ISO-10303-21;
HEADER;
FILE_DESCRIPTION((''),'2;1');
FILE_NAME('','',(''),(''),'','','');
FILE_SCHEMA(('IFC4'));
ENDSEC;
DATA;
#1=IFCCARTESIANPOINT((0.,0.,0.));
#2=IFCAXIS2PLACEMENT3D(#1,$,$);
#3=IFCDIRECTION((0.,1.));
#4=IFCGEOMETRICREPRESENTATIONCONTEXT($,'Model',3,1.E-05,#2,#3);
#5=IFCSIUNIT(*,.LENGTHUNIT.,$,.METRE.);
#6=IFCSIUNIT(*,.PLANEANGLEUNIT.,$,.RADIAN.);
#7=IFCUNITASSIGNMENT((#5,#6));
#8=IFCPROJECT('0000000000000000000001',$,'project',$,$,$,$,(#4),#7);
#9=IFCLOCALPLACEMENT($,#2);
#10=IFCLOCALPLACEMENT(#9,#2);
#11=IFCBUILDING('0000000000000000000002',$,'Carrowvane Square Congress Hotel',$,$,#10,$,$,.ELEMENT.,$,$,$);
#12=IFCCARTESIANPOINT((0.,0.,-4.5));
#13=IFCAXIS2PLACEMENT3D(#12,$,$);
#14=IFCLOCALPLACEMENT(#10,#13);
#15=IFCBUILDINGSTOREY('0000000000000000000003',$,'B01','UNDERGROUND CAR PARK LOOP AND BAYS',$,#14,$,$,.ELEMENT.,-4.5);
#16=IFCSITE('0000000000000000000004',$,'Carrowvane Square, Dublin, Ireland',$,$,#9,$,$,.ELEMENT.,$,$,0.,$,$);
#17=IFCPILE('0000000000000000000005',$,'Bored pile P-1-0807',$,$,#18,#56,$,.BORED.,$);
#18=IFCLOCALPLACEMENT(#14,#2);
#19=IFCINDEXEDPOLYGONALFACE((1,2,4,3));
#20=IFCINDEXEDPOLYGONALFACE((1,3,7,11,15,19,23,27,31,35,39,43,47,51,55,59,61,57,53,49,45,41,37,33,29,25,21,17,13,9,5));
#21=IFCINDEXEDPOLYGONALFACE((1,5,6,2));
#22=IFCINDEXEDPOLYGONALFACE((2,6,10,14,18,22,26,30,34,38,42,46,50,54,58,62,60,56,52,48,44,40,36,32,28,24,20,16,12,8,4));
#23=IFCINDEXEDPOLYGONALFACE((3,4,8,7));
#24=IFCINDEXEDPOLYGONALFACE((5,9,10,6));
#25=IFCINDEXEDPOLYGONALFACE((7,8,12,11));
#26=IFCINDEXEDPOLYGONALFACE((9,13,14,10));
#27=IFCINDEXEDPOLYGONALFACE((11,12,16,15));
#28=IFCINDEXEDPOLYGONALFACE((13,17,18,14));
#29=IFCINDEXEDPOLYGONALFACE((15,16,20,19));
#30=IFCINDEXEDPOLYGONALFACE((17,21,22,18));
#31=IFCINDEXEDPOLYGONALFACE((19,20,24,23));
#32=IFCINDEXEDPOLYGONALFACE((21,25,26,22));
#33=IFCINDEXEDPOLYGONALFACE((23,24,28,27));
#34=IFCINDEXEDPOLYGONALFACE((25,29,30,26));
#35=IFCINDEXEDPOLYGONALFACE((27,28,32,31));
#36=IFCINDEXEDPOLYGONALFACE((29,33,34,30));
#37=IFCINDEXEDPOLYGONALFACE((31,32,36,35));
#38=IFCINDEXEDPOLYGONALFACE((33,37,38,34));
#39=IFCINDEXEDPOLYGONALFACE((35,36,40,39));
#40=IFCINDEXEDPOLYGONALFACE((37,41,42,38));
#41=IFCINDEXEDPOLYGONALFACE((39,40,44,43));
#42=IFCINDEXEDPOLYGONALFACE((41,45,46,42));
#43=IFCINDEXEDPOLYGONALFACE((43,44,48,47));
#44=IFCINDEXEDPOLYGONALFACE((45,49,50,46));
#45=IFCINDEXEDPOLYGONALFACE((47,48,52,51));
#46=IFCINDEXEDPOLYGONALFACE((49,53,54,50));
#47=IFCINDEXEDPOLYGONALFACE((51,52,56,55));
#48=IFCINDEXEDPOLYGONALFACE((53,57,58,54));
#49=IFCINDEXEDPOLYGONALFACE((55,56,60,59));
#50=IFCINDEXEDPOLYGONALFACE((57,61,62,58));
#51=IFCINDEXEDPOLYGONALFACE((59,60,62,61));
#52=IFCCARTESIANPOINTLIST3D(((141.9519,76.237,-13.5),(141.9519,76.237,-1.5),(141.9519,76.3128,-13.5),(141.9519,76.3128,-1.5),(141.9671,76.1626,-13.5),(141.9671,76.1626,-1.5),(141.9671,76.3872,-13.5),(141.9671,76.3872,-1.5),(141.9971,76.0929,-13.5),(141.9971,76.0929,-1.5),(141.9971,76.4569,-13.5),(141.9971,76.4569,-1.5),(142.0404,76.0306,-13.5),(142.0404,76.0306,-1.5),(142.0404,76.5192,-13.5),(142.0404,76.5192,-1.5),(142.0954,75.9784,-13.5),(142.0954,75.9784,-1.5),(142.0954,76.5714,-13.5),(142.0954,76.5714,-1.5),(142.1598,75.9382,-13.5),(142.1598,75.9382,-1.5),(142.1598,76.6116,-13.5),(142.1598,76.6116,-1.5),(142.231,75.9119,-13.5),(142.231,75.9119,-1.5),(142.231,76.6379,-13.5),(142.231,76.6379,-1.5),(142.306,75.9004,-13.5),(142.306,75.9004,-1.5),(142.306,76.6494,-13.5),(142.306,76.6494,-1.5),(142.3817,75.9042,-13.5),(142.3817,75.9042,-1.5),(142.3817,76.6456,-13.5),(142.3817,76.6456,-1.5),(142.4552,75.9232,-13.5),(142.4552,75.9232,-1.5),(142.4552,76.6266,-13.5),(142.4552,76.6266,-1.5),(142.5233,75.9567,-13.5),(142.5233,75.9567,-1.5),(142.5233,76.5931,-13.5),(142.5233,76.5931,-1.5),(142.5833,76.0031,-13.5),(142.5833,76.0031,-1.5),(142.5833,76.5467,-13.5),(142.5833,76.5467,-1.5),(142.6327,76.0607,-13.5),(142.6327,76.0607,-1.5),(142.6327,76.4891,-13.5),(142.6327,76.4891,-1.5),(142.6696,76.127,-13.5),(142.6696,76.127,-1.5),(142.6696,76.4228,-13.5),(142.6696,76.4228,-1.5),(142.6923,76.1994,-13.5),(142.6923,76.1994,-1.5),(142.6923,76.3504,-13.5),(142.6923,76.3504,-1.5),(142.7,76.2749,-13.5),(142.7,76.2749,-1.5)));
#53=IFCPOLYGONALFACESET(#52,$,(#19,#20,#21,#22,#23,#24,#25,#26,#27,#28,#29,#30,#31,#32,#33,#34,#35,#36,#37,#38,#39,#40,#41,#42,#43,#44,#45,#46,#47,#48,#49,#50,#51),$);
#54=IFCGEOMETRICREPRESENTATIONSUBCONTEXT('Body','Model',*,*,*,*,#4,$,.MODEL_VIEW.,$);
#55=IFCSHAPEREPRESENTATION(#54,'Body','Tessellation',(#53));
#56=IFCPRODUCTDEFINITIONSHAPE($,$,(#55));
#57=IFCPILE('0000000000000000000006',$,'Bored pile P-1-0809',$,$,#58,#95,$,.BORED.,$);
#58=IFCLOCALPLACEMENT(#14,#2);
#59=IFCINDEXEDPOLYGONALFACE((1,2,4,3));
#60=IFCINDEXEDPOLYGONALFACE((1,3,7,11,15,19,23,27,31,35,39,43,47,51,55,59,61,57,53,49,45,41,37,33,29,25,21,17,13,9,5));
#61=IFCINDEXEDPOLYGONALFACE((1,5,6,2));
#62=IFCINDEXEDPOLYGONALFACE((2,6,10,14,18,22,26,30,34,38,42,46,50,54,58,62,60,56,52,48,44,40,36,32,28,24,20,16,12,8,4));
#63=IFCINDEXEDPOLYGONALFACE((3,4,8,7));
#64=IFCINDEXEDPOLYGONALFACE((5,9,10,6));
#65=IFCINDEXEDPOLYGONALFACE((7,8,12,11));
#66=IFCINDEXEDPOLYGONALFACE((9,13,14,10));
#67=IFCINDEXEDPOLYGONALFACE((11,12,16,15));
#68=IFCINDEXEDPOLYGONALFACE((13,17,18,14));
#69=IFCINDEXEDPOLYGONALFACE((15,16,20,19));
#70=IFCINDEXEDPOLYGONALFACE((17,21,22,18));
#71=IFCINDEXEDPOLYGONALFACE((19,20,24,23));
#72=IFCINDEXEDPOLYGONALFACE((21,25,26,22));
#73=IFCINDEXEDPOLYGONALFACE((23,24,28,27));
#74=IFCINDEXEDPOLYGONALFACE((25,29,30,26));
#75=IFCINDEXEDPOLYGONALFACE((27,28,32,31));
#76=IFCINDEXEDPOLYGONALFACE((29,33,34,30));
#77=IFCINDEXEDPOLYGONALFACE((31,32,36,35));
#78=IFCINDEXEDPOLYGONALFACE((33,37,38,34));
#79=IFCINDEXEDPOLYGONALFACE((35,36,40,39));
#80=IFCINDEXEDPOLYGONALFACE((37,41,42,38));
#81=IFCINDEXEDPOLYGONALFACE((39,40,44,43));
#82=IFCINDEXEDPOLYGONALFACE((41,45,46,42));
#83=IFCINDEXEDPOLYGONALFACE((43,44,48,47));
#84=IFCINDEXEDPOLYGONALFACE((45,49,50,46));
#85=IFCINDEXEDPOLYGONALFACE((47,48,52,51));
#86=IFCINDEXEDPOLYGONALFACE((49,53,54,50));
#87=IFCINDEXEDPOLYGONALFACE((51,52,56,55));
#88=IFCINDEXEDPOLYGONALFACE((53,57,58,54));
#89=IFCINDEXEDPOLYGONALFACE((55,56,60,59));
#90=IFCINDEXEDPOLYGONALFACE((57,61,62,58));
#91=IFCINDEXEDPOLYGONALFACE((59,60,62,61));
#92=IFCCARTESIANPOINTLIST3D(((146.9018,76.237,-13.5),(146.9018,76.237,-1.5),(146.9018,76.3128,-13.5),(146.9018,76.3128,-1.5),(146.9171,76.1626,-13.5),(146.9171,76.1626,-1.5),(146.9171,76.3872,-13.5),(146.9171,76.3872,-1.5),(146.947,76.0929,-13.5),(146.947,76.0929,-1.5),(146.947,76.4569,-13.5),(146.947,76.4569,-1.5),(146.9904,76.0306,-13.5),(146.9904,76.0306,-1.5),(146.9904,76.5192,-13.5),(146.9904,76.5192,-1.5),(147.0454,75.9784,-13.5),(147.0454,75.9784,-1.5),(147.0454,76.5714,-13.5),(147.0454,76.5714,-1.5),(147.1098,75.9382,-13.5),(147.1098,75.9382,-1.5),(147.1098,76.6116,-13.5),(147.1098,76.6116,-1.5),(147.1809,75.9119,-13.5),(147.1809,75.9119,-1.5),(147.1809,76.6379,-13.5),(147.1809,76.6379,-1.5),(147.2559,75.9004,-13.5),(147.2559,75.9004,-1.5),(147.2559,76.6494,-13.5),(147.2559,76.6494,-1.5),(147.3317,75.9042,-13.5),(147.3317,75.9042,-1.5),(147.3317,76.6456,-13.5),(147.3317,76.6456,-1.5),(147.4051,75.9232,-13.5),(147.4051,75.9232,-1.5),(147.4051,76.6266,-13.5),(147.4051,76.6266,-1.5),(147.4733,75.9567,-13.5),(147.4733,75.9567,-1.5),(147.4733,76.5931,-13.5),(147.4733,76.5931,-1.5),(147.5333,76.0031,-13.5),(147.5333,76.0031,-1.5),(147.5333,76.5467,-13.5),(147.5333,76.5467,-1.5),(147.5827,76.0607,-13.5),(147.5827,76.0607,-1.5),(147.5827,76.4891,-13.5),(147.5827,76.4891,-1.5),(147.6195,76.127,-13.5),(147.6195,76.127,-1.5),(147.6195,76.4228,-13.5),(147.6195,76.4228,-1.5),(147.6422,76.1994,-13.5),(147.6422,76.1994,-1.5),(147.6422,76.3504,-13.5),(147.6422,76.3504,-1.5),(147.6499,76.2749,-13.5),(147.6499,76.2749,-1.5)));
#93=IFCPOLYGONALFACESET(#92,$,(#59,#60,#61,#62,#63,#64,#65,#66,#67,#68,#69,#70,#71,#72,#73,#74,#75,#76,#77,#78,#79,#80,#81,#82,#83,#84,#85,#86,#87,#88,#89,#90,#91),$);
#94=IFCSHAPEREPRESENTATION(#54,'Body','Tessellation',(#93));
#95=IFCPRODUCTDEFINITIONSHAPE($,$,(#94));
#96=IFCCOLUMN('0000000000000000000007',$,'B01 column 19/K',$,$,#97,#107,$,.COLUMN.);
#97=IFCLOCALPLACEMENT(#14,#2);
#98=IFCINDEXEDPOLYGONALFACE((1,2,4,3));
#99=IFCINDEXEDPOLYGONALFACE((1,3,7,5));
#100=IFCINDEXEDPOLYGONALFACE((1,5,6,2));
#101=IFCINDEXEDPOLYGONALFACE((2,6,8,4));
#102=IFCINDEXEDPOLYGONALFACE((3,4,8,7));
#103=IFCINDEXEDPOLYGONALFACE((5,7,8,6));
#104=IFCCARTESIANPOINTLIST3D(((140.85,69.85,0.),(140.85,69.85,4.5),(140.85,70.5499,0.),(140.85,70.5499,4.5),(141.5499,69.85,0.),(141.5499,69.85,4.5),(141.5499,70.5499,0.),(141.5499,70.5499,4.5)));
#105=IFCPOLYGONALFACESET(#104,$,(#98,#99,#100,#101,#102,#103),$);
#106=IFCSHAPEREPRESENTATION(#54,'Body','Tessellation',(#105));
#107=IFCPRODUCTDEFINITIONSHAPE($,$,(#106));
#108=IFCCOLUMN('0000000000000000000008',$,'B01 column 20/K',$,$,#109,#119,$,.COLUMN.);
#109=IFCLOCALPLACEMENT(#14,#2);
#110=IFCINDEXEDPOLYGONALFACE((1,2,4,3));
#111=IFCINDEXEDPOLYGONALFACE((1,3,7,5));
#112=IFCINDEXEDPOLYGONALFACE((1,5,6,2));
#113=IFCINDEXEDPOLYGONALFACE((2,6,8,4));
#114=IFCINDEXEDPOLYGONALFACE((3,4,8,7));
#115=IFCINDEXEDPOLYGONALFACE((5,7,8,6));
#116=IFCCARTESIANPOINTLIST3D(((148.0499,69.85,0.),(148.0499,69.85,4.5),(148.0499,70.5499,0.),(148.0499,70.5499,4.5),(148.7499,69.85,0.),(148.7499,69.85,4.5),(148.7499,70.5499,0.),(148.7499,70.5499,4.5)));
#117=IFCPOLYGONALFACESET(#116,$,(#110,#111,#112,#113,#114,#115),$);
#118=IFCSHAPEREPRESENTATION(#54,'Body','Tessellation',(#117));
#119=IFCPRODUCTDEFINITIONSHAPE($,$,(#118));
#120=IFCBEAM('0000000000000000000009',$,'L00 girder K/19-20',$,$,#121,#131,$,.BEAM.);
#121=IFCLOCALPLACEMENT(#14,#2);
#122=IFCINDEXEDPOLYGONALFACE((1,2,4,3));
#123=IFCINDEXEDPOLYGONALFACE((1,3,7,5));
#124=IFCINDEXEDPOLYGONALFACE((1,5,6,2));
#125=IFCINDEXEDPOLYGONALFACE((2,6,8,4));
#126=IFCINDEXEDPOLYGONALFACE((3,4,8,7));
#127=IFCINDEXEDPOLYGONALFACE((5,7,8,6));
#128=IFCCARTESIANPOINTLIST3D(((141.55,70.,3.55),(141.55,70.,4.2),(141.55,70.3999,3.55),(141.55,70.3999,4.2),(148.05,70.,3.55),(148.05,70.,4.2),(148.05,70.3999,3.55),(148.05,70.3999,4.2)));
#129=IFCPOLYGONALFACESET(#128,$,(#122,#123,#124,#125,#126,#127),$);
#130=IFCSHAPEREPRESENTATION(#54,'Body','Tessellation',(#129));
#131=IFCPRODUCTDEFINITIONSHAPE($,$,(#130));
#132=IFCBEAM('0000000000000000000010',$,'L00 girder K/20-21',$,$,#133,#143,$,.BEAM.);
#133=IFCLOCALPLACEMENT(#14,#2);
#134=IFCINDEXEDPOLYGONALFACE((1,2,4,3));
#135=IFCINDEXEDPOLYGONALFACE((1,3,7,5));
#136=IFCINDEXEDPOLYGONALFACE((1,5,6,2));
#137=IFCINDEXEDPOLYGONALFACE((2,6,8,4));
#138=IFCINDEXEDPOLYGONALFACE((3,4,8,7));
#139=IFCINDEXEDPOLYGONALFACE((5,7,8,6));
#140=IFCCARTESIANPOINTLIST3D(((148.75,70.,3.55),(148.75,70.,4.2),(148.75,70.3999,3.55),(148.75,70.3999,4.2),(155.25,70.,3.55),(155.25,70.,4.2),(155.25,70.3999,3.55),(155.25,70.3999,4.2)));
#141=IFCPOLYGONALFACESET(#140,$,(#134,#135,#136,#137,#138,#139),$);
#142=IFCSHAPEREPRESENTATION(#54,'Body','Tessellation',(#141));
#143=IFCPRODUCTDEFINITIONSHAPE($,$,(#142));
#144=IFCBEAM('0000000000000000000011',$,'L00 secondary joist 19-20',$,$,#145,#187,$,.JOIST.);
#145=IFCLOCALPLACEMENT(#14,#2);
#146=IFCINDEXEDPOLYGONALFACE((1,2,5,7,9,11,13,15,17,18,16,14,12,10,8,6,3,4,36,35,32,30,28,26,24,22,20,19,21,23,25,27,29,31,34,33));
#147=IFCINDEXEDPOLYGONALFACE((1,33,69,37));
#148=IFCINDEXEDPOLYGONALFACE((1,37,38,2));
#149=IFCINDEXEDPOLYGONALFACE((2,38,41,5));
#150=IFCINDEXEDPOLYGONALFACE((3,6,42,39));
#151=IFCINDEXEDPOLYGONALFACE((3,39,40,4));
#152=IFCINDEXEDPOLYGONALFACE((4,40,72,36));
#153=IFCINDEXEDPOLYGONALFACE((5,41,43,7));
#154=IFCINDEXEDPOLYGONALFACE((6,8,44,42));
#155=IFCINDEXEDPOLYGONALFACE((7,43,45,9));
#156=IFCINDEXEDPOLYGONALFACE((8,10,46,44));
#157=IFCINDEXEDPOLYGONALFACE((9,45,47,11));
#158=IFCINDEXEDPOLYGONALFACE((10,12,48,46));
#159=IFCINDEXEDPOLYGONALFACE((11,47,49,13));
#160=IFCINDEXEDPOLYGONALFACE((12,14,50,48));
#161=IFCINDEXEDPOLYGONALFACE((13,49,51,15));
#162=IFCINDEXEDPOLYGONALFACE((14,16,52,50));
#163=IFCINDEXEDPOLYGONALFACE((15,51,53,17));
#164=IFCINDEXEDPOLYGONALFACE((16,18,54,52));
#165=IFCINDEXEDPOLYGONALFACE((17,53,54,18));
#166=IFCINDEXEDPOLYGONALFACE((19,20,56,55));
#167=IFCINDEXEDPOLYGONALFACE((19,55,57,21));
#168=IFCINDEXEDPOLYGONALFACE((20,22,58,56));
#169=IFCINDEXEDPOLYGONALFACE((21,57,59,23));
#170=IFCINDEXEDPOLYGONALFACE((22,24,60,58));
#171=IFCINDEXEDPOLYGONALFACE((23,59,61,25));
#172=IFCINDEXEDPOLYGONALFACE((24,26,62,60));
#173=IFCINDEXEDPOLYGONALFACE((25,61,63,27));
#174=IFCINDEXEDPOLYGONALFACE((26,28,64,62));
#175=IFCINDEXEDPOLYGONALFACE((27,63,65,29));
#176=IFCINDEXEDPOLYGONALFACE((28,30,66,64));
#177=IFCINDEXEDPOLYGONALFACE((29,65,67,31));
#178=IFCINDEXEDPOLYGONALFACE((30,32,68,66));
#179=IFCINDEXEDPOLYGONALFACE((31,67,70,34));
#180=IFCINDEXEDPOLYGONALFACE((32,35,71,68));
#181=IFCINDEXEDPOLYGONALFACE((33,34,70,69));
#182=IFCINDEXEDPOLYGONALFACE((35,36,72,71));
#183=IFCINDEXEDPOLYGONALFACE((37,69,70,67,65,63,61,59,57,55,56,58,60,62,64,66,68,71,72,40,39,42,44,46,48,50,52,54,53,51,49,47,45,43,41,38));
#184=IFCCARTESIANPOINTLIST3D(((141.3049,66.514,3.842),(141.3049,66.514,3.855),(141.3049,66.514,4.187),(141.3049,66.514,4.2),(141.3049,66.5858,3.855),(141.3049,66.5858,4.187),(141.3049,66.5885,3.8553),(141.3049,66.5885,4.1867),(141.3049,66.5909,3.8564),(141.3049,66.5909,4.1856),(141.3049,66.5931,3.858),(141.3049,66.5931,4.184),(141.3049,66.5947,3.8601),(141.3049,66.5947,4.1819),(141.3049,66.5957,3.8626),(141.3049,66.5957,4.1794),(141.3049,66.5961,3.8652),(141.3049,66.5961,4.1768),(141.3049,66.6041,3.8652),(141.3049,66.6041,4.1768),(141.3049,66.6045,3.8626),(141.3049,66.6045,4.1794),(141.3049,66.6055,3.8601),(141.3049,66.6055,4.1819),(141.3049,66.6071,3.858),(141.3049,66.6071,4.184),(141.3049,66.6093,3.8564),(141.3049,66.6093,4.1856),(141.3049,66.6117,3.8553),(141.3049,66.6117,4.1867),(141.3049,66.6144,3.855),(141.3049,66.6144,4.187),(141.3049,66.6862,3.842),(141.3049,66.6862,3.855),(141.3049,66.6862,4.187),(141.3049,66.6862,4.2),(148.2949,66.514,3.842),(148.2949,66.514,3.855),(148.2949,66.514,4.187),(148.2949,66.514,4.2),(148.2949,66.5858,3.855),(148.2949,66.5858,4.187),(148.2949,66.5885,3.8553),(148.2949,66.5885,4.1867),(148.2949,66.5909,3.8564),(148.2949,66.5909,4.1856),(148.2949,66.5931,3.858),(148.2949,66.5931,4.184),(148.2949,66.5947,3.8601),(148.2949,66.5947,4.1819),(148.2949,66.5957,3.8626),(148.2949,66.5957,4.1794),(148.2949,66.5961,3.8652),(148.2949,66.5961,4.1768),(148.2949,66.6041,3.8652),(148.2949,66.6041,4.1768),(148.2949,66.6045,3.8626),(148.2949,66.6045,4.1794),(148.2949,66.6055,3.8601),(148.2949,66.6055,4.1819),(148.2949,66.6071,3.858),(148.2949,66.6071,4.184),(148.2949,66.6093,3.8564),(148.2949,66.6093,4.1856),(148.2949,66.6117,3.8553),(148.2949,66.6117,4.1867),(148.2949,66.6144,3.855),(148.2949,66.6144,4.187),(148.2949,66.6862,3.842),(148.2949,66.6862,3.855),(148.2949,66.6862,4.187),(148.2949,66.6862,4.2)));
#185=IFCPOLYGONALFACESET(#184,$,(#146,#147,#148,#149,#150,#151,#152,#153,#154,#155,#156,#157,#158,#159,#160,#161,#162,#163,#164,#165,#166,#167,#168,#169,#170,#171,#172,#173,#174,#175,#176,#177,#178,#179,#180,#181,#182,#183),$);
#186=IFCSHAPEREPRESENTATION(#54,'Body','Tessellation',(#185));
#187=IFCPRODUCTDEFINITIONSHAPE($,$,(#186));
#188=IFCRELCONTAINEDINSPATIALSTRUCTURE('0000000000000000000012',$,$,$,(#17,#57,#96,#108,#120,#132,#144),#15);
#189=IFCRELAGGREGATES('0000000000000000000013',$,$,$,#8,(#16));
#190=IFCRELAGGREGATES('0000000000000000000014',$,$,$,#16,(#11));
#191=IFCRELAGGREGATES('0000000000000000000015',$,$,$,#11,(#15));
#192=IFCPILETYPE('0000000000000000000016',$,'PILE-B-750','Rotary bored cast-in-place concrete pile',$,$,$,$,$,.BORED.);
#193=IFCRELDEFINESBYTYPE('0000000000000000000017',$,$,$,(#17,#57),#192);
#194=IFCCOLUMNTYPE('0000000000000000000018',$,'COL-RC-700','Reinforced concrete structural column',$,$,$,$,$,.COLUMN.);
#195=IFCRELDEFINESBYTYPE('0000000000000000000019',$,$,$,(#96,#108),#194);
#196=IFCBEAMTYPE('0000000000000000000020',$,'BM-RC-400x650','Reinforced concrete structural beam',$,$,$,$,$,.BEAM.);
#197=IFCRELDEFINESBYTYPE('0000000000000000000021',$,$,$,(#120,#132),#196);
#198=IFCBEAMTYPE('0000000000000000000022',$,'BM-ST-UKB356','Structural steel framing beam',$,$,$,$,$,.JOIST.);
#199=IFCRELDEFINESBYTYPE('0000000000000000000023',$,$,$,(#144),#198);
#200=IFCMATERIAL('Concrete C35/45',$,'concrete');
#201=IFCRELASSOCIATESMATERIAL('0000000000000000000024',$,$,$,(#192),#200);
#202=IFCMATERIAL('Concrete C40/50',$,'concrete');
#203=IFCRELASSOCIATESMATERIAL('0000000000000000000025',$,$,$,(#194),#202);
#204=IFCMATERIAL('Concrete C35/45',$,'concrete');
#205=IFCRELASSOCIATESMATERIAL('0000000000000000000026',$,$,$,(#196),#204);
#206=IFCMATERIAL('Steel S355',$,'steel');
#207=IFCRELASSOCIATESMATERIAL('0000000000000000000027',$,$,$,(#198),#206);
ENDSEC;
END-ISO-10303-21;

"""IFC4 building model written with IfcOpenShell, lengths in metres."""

from ifc_helpers import new_model, si_unit, direction, frame, origin, origin_2d, place, context, subcontext, project, spatial, rectangle, circle, i_section, extrude, material, material_profile, profile_set, type_object, element, save


model = new_model("IFC4")

# Units and contexts
model_context = context("Model", 3, precision=1e-05, world=origin(), true_north=direction((0.0, 1.0)))
body_context = subcontext(model_context, "Body", "Model", "MODEL_VIEW")
ifc_project = project(units=[si_unit("LENGTHUNIT", "METRE"), si_unit("PLANEANGLEUNIT", "RADIAN")], contexts=[model_context])

# Site, building, storey
site_placement = place(None, origin())
site = spatial("IfcSite", under=ifc_project, at=site_placement, Name="Carrowvane Square, Dublin, Ireland", CompositionType="ELEMENT", RefElevation=0.0)
building_placement = place(site_placement, origin())
building = spatial("IfcBuilding", under=site, at=building_placement, Name="Carrowvane Square Congress Hotel", CompositionType="ELEMENT")
storey_placement = place(building_placement, frame((0.0, 0.0, -4.5)))
storey = spatial("IfcBuildingStorey", under=building, at=storey_placement, Name="B01", Description="UNDERGROUND CAR PARK LOOP AND BAYS", CompositionType="ELEMENT", Elevation=-4.5)

# Piles
ifc_material_1 = material(Name="Concrete C35/45", Category="concrete")
ifc_material_profile_1 = material_profile(ifc_material_1, circle(Radius=0.375, at=origin_2d()), Name="PILE D750")
ifc_profile_set_1 = profile_set([ifc_material_profile_1], Name="Concrete C35/45")
pile_type = type_object("IfcPileType", Name="PILE-B-750", Description="Rotary bored cast-in-place concrete pile", PredefinedType="BORED", material=ifc_profile_set_1)
for number, where, z_axis, x_axis, name in (
    (1, (142.325, 76.2749, -1.5), (0.0, 0.0, -1.0), (1.0, 0.0, 0.0), "Bored pile P-1-0807"),
    (2, (147.2749, 76.2749, -1.5), (0.0, 0.0, -1.0), (1.0, 0.0, 0.0), "Bored pile P-1-0809"),
):
    element("IfcPile", number, at=place(storey_placement, frame(where, z_axis=z_axis, x_axis=x_axis)), inside=storey, type_object=pile_type, Name=name, PredefinedType="BORED", context=body_context, shape_type="SweptSolid", body=[
        extrude(circle(Radius=0.375, at=origin_2d()), origin(), (0.0, 0.0, 1.0), 12.0),
    ])

# Columns
ifc_material_2 = material(Name="Concrete C40/50", Category="concrete")
ifc_material_profile_2 = material_profile(ifc_material_2, rectangle(XDim=0.7, YDim=0.7, at=origin_2d()), Name="RC 700x700")
ifc_profile_set_2 = profile_set([ifc_material_profile_2], Name="Concrete C40/50")
column_type = type_object("IfcColumnType", Name="COL-RC-700", Description="Reinforced concrete structural column", PredefinedType="COLUMN", material=ifc_profile_set_2)
for number, where, z_axis, x_axis, name in (
    (3, (141.2, 70.2, 0.0), (0.0, 0.0, 1.0), (1.0, 0.0, 0.0), "B01 column 19/K"),
    (4, (148.3999, 70.2, 0.0), (0.0, 0.0, 1.0), (1.0, 0.0, 0.0), "B01 column 20/K"),
):
    element("IfcColumn", number, at=place(storey_placement, frame(where, z_axis=z_axis, x_axis=x_axis)), inside=storey, type_object=column_type, Name=name, PredefinedType="COLUMN", context=body_context, shape_type="SweptSolid", body=[
        extrude(rectangle(XDim=0.7, YDim=0.7, at=origin_2d()), origin(), (0.0, 0.0, 1.0), 4.5),
    ])

# Beams
ifc_material_3 = material(Name="Concrete C35/45", Category="concrete")
ifc_material_profile_3 = material_profile(ifc_material_3, rectangle(XDim=0.3999, YDim=0.6499, at=origin_2d()), Name="RC 400x650")
ifc_profile_set_3 = profile_set([ifc_material_profile_3], Name="Concrete C35/45")
beam_type_1 = type_object("IfcBeamType", Name="BM-RC-400x650", Description="Reinforced concrete structural beam", PredefinedType="BEAM", material=ifc_profile_set_3)
for number, where, z_axis, x_axis, name in (
    (5, (141.55, 70.2, 3.875), (1.0, 0.0, 0.0), (0.0, 1.0, 0.0), "L00 girder K/19-20"),
    (6, (148.75, 70.2, 3.875), (1.0, 0.0, 0.0), (0.0, 1.0, 0.0), "L00 girder K/20-21"),
):
    element("IfcBeam", number, at=place(storey_placement, frame(where, z_axis=z_axis, x_axis=x_axis)), inside=storey, type_object=beam_type_1, Name=name, PredefinedType="BEAM", context=body_context, shape_type="SweptSolid", body=[
        extrude(rectangle(XDim=0.3999, YDim=0.6499, at=origin_2d()), origin(), (0.0, 0.0, 1.0), 6.5),
    ])
ifc_material_4 = material(Name="Steel S355", Category="steel")
ifc_material_profile_4 = material_profile(ifc_material_4, i_section(OverallWidth=0.1721, OverallDepth=0.3579, WebThickness=0.0081, FlangeThickness=0.0129, FilletRadius=0.0103, at=origin_2d()), Name="UKB 356x171x57")
ifc_profile_set_4 = profile_set([ifc_material_profile_4], Name="Steel S355")
beam_type_2 = type_object("IfcBeamType", Name="BM-ST-UKB356", Description="Structural steel framing beam", PredefinedType="JOIST", material=ifc_profile_set_4)
for number, where, z_axis, x_axis, name in (
    (7, (141.3049, 66.6001, 4.021), (1.0, 0.0, 0.0), (0.0, 1.0, 0.0), "L00 secondary joist 19-20"),
):
    element("IfcBeam", number, at=place(storey_placement, frame(where, z_axis=z_axis, x_axis=x_axis)), inside=storey, type_object=beam_type_2, Name=name, PredefinedType="JOIST", context=body_context, shape_type="SweptSolid", body=[
        extrude(i_section(OverallWidth=0.1721, OverallDepth=0.3579, WebThickness=0.0081, FlangeThickness=0.0129, FilletRadius=0.0103, at=origin_2d()), origin(), (0.0, 0.0, 1.0), 6.99),
    ])

save(model, "model.ifc")
